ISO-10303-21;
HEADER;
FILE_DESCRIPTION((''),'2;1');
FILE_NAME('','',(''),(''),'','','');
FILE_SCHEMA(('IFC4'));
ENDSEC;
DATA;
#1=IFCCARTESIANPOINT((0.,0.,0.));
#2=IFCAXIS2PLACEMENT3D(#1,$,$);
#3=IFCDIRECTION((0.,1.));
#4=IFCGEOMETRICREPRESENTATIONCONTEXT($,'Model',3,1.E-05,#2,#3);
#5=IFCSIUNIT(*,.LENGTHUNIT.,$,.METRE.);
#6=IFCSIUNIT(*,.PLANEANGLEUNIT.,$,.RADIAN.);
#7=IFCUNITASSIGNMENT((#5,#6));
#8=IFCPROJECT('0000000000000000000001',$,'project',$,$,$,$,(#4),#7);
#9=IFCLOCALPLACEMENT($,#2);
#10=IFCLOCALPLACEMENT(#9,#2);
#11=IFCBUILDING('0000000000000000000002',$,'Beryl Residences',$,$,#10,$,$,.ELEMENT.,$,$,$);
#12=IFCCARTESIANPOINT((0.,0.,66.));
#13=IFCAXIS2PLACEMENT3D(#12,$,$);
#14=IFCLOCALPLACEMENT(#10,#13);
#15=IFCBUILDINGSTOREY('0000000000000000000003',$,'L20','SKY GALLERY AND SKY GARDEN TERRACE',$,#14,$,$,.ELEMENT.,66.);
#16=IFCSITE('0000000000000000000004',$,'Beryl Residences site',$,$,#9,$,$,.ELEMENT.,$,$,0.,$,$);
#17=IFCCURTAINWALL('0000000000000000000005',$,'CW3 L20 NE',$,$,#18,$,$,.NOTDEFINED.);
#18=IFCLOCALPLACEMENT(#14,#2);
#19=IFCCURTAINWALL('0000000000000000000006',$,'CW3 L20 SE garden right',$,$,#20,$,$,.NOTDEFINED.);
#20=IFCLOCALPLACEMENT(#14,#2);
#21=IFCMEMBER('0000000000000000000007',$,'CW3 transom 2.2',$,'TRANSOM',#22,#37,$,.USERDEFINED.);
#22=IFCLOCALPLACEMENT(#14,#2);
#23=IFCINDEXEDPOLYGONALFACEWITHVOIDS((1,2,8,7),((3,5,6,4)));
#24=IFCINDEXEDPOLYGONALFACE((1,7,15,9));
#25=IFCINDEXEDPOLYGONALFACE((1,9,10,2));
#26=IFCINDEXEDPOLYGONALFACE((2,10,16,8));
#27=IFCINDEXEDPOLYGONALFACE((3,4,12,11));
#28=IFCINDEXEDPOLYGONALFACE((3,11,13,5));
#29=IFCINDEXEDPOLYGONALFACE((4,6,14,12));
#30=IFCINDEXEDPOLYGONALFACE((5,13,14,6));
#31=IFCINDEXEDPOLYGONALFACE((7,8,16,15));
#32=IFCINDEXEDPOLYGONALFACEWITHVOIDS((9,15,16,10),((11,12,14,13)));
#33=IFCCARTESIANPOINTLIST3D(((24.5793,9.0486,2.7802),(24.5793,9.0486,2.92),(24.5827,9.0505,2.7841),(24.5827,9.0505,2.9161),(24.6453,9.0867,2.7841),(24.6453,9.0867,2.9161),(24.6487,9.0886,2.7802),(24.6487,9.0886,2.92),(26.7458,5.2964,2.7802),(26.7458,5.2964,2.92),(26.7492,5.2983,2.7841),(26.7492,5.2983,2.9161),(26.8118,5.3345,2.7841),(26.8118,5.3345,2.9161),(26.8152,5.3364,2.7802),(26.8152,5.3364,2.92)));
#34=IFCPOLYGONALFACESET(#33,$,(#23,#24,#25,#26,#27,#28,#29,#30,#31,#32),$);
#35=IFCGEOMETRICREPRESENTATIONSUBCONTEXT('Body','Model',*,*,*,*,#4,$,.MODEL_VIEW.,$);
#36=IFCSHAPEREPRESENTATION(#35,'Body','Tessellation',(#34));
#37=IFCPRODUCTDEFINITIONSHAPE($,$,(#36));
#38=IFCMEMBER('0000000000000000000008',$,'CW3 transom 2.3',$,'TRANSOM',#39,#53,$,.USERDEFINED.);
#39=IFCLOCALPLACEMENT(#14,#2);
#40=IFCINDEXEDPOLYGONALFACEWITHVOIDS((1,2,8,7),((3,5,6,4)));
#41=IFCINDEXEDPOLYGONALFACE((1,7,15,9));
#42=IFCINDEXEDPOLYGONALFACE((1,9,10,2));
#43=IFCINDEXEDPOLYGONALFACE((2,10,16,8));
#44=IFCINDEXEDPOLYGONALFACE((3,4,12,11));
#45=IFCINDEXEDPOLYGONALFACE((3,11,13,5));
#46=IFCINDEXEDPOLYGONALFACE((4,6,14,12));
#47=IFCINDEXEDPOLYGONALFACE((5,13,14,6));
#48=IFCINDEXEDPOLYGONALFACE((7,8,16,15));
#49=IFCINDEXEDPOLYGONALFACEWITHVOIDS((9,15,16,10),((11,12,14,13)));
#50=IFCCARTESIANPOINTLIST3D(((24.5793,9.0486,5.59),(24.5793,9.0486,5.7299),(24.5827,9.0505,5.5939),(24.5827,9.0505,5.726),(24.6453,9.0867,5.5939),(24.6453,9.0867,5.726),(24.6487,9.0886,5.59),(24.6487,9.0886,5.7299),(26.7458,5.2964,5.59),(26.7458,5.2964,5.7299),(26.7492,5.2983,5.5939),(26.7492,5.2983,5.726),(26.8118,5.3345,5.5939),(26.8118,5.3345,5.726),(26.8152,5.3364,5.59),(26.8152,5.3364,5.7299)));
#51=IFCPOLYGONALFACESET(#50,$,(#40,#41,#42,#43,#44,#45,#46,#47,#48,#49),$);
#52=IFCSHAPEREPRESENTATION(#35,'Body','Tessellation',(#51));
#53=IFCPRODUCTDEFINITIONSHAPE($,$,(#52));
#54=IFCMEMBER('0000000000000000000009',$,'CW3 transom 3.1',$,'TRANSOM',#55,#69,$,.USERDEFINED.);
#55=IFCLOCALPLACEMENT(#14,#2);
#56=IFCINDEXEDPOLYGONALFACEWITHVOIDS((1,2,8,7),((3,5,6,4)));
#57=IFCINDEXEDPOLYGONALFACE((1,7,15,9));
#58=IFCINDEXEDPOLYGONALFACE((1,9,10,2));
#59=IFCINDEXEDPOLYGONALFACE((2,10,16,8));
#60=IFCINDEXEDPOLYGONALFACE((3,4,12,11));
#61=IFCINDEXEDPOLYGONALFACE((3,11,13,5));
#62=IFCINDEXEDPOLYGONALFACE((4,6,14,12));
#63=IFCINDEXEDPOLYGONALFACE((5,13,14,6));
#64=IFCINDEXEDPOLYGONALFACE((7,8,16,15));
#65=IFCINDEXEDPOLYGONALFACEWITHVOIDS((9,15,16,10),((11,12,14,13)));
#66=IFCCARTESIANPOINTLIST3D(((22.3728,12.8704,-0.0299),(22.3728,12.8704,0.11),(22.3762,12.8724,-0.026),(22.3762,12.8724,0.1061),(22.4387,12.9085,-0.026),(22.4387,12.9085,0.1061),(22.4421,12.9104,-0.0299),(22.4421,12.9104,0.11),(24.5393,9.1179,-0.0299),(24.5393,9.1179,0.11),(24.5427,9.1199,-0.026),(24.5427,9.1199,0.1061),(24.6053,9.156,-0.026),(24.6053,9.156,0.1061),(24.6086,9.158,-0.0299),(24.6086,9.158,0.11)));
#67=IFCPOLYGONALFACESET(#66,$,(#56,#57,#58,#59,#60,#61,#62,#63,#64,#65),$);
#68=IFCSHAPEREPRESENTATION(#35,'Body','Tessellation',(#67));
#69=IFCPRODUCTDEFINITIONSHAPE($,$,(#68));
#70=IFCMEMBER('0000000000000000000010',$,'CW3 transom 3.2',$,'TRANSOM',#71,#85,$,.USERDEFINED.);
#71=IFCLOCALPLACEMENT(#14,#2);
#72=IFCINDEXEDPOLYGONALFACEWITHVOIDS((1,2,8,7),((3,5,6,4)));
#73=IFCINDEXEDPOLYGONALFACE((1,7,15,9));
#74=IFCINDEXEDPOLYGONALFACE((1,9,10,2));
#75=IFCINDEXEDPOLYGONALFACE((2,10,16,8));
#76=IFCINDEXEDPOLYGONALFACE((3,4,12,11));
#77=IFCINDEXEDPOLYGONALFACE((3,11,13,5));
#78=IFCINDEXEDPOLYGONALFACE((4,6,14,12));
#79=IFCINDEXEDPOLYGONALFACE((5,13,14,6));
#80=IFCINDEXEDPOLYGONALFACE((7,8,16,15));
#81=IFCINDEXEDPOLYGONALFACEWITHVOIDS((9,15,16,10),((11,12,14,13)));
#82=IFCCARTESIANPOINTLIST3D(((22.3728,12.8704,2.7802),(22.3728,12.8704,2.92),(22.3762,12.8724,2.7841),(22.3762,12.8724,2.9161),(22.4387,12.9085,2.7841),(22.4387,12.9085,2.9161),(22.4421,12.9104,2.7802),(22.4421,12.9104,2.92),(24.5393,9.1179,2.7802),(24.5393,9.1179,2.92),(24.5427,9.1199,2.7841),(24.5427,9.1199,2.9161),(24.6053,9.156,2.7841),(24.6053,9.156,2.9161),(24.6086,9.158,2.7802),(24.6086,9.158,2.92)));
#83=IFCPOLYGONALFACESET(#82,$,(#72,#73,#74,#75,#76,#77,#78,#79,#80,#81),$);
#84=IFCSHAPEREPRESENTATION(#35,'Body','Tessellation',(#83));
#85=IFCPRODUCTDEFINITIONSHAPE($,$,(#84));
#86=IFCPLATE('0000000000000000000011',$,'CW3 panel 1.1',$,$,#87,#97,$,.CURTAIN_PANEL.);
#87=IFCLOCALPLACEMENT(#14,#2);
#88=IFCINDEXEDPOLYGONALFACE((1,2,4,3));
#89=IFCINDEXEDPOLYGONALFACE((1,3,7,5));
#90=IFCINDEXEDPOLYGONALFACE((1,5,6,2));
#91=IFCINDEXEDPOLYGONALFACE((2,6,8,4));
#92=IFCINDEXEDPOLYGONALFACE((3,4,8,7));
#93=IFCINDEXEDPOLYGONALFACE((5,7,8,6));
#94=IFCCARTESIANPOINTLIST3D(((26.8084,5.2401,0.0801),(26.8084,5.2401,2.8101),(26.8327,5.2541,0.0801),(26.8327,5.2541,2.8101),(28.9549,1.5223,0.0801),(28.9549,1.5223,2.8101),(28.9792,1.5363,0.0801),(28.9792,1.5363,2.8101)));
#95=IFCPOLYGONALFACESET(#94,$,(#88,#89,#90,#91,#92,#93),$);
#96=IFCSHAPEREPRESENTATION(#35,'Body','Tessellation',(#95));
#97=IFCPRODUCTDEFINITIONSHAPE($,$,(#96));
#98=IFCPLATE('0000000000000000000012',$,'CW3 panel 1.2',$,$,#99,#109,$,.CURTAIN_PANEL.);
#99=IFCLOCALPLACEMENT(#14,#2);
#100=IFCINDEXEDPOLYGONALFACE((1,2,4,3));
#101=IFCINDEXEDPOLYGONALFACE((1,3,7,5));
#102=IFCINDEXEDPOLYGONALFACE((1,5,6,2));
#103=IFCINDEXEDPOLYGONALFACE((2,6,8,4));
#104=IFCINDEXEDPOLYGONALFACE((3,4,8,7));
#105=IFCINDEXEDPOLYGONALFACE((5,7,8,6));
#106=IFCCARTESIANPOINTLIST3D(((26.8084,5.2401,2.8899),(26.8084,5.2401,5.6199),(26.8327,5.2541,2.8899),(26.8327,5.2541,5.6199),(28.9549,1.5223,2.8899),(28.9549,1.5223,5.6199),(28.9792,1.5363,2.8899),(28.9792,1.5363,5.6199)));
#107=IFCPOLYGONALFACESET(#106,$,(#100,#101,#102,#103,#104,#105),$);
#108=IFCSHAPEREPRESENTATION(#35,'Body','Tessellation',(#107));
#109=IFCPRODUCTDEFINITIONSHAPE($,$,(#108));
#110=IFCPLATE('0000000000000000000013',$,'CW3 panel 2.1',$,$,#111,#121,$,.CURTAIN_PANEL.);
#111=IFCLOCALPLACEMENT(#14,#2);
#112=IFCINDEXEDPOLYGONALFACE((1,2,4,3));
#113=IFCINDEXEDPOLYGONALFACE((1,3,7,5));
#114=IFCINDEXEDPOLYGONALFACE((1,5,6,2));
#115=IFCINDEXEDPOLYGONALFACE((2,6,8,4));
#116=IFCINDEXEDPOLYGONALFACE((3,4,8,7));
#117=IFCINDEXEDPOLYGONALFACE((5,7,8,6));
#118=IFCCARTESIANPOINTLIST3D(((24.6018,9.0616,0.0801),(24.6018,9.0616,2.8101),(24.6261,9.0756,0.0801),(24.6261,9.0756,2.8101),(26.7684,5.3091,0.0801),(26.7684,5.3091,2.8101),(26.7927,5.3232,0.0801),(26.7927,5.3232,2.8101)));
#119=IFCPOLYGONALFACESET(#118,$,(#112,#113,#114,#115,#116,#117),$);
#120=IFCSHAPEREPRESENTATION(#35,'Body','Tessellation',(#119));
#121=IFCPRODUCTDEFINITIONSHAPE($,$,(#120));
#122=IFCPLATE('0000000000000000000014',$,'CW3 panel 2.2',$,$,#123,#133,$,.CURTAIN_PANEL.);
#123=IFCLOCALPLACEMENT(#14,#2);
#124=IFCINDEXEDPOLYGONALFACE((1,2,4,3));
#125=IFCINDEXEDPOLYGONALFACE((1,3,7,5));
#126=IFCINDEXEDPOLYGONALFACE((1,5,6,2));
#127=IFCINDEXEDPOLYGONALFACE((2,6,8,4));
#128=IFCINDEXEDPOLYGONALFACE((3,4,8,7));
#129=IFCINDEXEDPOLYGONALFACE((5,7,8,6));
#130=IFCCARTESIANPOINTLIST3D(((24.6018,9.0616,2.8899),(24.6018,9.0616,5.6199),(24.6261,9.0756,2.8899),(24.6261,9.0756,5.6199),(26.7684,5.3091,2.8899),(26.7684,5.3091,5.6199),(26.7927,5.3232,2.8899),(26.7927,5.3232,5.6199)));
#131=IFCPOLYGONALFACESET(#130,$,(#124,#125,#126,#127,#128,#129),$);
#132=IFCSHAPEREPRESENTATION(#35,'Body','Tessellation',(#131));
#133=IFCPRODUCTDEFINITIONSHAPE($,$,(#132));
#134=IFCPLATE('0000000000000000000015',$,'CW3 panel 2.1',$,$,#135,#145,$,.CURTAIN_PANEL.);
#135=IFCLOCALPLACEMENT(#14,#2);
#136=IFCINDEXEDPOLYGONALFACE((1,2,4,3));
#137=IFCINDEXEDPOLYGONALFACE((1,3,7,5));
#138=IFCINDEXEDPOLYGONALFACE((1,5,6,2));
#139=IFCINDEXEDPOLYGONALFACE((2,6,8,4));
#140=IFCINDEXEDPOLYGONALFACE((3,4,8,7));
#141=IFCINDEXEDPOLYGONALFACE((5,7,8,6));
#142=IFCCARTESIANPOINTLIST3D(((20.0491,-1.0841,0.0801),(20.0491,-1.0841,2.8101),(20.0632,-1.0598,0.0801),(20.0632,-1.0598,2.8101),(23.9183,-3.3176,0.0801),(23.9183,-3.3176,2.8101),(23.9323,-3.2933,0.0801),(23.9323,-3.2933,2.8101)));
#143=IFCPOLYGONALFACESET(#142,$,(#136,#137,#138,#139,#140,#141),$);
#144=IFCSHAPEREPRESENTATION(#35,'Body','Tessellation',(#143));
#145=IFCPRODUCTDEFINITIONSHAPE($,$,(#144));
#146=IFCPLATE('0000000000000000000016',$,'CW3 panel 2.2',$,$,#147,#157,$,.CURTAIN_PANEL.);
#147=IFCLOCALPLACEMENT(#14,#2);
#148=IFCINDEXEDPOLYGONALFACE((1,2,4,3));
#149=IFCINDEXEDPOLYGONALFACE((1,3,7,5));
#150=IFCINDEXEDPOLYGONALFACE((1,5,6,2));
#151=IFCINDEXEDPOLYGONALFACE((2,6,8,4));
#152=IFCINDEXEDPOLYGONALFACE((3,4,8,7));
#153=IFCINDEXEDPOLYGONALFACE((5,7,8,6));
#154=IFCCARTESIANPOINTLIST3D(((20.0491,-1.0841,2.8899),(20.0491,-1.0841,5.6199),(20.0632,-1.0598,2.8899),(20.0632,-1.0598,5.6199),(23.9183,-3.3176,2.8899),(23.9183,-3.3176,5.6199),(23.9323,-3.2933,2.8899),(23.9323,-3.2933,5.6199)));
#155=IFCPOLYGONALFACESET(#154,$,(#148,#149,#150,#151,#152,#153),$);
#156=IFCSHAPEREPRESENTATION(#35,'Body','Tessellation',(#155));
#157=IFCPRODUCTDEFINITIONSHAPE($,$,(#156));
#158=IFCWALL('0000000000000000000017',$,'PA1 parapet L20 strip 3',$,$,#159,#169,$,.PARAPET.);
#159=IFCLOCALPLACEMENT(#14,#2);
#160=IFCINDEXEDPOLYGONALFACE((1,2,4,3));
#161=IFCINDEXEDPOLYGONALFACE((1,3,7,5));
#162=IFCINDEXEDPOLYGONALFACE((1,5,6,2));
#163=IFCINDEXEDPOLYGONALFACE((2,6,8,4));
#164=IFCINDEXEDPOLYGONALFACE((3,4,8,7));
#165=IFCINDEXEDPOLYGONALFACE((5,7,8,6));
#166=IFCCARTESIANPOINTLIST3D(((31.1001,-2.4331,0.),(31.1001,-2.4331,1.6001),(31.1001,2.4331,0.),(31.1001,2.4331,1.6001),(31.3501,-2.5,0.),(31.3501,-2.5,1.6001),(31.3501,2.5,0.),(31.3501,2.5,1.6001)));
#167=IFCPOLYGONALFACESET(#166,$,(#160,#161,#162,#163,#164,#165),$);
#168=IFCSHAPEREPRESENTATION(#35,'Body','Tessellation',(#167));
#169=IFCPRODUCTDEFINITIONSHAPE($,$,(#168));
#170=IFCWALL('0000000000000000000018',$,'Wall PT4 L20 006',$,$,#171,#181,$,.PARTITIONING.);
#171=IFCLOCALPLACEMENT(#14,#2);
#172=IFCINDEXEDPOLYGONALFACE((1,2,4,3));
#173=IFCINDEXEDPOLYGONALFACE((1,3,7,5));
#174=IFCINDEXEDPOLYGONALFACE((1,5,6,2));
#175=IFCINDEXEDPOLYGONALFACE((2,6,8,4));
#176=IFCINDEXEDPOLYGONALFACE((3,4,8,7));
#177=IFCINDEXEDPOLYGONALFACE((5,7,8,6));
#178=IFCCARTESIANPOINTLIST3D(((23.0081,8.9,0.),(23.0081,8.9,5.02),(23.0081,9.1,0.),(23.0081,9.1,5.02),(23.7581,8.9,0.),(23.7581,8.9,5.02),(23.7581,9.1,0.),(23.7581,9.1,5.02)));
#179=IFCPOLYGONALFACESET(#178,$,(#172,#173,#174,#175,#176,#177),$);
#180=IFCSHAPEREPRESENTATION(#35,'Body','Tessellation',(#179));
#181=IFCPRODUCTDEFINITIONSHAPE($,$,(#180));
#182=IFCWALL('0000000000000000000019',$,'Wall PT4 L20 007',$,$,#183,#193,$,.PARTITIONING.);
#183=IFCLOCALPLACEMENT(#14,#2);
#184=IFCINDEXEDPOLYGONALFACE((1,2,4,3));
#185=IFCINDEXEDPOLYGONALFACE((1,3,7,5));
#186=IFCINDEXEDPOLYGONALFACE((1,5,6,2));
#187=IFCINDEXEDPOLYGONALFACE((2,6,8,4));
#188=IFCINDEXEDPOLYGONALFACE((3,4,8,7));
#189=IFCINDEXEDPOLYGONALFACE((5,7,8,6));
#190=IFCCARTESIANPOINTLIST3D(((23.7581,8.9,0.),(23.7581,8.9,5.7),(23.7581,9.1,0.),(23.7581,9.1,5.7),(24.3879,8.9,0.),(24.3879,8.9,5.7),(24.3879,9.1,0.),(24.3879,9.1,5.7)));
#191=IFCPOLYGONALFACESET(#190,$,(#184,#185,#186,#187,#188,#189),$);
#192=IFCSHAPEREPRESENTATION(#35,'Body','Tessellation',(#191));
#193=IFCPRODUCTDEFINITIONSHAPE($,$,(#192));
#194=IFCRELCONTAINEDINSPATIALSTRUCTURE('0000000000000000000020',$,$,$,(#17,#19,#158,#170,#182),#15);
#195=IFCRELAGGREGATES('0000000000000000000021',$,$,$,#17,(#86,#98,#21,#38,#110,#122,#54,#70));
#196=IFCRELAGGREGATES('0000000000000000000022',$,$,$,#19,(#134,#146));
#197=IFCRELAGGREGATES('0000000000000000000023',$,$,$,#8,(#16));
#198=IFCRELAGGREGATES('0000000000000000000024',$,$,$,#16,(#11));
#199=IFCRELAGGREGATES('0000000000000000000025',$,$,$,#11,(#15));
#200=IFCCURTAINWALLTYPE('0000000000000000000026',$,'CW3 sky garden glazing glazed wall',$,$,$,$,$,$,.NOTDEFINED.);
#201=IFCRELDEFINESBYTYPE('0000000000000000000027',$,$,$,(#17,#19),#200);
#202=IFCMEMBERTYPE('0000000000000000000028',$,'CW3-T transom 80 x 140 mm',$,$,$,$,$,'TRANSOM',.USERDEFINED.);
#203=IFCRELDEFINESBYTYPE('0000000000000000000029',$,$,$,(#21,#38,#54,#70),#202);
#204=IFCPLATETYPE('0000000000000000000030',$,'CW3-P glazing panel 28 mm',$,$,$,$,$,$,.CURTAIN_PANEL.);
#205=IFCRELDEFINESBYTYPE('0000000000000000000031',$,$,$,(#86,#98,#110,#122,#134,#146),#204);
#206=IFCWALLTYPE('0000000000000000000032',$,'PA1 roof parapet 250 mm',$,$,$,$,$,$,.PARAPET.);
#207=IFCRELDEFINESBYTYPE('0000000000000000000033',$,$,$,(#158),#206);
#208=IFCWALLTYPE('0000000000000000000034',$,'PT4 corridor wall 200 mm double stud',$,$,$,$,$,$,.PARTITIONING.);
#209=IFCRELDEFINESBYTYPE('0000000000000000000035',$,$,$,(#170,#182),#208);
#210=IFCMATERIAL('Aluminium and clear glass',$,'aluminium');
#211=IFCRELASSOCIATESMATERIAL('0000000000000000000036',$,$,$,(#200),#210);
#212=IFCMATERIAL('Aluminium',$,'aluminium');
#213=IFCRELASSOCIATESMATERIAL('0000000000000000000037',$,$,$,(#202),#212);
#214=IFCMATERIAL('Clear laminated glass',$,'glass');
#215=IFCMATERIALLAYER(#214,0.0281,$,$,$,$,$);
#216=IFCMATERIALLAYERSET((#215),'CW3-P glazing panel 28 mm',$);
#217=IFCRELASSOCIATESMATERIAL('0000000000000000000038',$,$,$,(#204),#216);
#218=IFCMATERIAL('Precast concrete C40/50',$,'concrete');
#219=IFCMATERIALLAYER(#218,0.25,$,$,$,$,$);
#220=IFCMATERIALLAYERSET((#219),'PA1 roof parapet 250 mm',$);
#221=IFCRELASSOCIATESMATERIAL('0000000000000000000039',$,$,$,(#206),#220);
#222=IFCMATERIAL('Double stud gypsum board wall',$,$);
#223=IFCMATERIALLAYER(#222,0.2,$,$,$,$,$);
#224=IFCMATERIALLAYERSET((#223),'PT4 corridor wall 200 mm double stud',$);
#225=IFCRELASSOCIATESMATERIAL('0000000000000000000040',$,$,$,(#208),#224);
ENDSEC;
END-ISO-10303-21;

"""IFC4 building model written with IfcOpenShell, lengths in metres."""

from ifc_helpers import new_model, si_unit, direction, frame, frame_2d, origin, origin_2d, place, context, subcontext, project, spatial, polyline, rectangle, hollow_rectangle, outline, extrude, material, layer, layer_set, material_profile, profile_set, type_object, element, aggregate, save


model = new_model("IFC4")

# Units and contexts
model_context = context("Model", 3, precision=1e-05, world=origin(), true_north=direction((0.0, 1.0)))
body_context = subcontext(model_context, "Body", "Model", "MODEL_VIEW")
ifc_project = project(units=[si_unit("LENGTHUNIT", "METRE"), si_unit("PLANEANGLEUNIT", "RADIAN")], contexts=[model_context])

# Site, building, storey
site_placement = place(None, origin())
site = spatial("IfcSite", under=ifc_project, at=site_placement, Name="Beryl Residences site", CompositionType="ELEMENT", RefElevation=0.0)
building_placement = place(site_placement, origin())
building = spatial("IfcBuilding", under=site, at=building_placement, Name="Beryl Residences", CompositionType="ELEMENT")
storey_placement = place(building_placement, frame((0.0, 0.0, 66.0)))
storey = spatial("IfcBuildingStorey", under=building, at=storey_placement, Name="L20", Description="SKY GALLERY AND SKY GARDEN TERRACE", CompositionType="ELEMENT", Elevation=66.0)

# Curtain wall
ifc_material_1 = material(Name="Aluminium and clear glass", Category="aluminium")
curtain_wall_type = type_object("IfcCurtainWallType", Name="CW3 sky garden glazing glazed wall", PredefinedType="NOTDEFINED", material=ifc_material_1)
curtain_wall_1_placement = place(storey_placement, origin())
curtain_wall_1 = element("IfcCurtainWall", 1, at=curtain_wall_1_placement, inside=storey, type_object=curtain_wall_type, Name="CW3 L20 NE", PredefinedType="NOTDEFINED")

# Curtain wall
curtain_wall_2_placement = place(storey_placement, origin())
curtain_wall_2 = element("IfcCurtainWall", 2, at=curtain_wall_2_placement, inside=storey, type_object=curtain_wall_type, Name="CW3 L20 SE garden right", PredefinedType="NOTDEFINED")

# Members
ifc_material_2 = material(Name="Aluminium", Category="aluminium")
ifc_material_profile_1 = material_profile(ifc_material_2, hollow_rectangle(XDim=0.0801, YDim=0.1399, WallThickness=0.0039, at=origin_2d()))
ifc_profile_set_1 = profile_set([ifc_material_profile_1], Name="Aluminium")
member_type_1 = type_object("IfcMemberType", Name="CW3-T transom 80 x 140 mm", ElementType="TRANSOM", PredefinedType="USERDEFINED", material=ifc_profile_set_1)
member_1_placement = place(storey_placement, frame((26.7805, 5.3164, 2.8501), z_axis=(-0.50003, 0.866008, 0.0), x_axis=(-0.866008, -0.50003, 0.0)))
member_1 = element("IfcMember", 3, at=member_1_placement, type_object=member_type_1, Name="CW3 transom 2.2", ObjectType="TRANSOM", PredefinedType="USERDEFINED", context=body_context, shape_type="SweptSolid", body=[
    extrude(hollow_rectangle(XDim=0.0801, YDim=0.1399, WallThickness=0.0039, at=origin_2d()), origin(), (0.0, 0.0, 1.0), 4.3328),
])
member_2_placement = place(storey_placement, frame((26.7805, 5.3164, 5.6599), z_axis=(-0.50003, 0.866008, 0.0), x_axis=(-0.866008, -0.50003, 0.0)))
member_2 = element("IfcMember", 4, at=member_2_placement, type_object=member_type_1, Name="CW3 transom 2.3", ObjectType="TRANSOM", PredefinedType="USERDEFINED", context=body_context, shape_type="SweptSolid", body=[
    extrude(hollow_rectangle(XDim=0.0801, YDim=0.1399, WallThickness=0.0039, at=origin_2d()), origin(), (0.0, 0.0, 1.0), 4.3328),
])
member_3_placement = place(storey_placement, frame((24.574, 9.1379, 0.04), z_axis=(-0.500005, 0.866022, 0.0), x_axis=(-0.866022, -0.500005, 0.0)))
member_3 = element("IfcMember", 5, at=member_3_placement, type_object=member_type_1, Name="CW3 transom 3.1", ObjectType="TRANSOM", PredefinedType="USERDEFINED", context=body_context, shape_type="SweptSolid", body=[
    extrude(hollow_rectangle(XDim=0.0801, YDim=0.1399, WallThickness=0.0039, at=origin_2d()), origin(), (0.0, 0.0, 1.0), 4.333),
])
member_4_placement = place(storey_placement, frame((24.574, 9.1379, 2.8501), z_axis=(-0.500005, 0.866022, 0.0), x_axis=(-0.866022, -0.500005, 0.0)))
member_4 = element("IfcMember", 6, at=member_4_placement, type_object=member_type_1, Name="CW3 transom 3.2", ObjectType="TRANSOM", PredefinedType="USERDEFINED", context=body_context, shape_type="SweptSolid", body=[
    extrude(hollow_rectangle(XDim=0.0801, YDim=0.1399, WallThickness=0.0039, at=origin_2d()), origin(), (0.0, 0.0, 1.0), 4.333),
])

# Plates
ifc_material_3 = material(Name="Clear laminated glass", Category="glass")
ifc_layer_1 = layer(ifc_material_3, 0.0281)
ifc_layer_set_1 = layer_set([ifc_layer_1], Name="CW3-P glazing panel 28 mm")
plate_type = type_object("IfcPlateType", Name="CW3-P glazing panel 28 mm", PredefinedType="CURTAIN_PANEL", material=ifc_layer_set_1)
plate_1_placement = place(storey_placement, frame((27.8938, 3.3882, 0.0801), z_axis=(0.0, 0.0, 1.0), x_axis=(-0.50001, 0.86602, 0.0)))
plate_1 = element("IfcPlate", 7, at=plate_1_placement, type_object=plate_type, Name="CW3 panel 1.1", PredefinedType="CURTAIN_PANEL", context=body_context, shape_type="SweptSolid", body=[
    extrude(rectangle(XDim=4.293, YDim=0.0281, at=origin_2d()), origin(), (0.0, 0.0, 1.0), 2.73),
])
plate_2_placement = place(storey_placement, frame((27.8938, 3.3882, 2.8899), z_axis=(0.0, 0.0, 1.0), x_axis=(-0.50001, 0.86602, 0.0)))
plate_2 = element("IfcPlate", 8, at=plate_2_placement, type_object=plate_type, Name="CW3 panel 1.2", PredefinedType="CURTAIN_PANEL", context=body_context, shape_type="SweptSolid", body=[
    extrude(rectangle(XDim=4.293, YDim=0.0281, at=origin_2d()), origin(), (0.0, 0.0, 1.0), 2.73),
])
plate_3_placement = place(storey_placement, frame((25.6973, 7.1924, 0.0801), z_axis=(0.0, 0.0, 1.0), x_axis=(-0.50001, 0.86602, 0.0)))
plate_3 = element("IfcPlate", 9, at=plate_3_placement, type_object=plate_type, Name="CW3 panel 2.1", PredefinedType="CURTAIN_PANEL", context=body_context, shape_type="SweptSolid", body=[
    extrude(rectangle(XDim=4.333, YDim=0.0281, at=origin_2d()), origin(), (0.0, 0.0, 1.0), 2.73),
])
plate_4_placement = place(storey_placement, frame((25.6973, 7.1924, 2.8899), z_axis=(0.0, 0.0, 1.0), x_axis=(-0.50001, 0.86602, 0.0)))
plate_4 = element("IfcPlate", 10, at=plate_4_placement, type_object=plate_type, Name="CW3 panel 2.2", PredefinedType="CURTAIN_PANEL", context=body_context, shape_type="SweptSolid", body=[
    extrude(rectangle(XDim=4.333, YDim=0.0281, at=origin_2d()), origin(), (0.0, 0.0, 1.0), 2.73),
])
aggregate(curtain_wall_1, [plate_1, plate_2, member_1, member_2, plate_3, plate_4, member_3, member_4])
plate_5_placement = place(storey_placement, frame((21.9907, -2.1887, 0.0801), z_axis=(0.0, 0.0, 1.0), x_axis=(-0.866055, 0.499949, 0.0)))
plate_5 = element("IfcPlate", 11, at=plate_5_placement, type_object=plate_type, Name="CW3 panel 2.1", PredefinedType="CURTAIN_PANEL", context=body_context, shape_type="SweptSolid", body=[
    extrude(rectangle(XDim=4.4675, YDim=0.0281, at=origin_2d()), origin(), (0.0, 0.0, 1.0), 2.73),
])
plate_6_placement = place(storey_placement, frame((21.9907, -2.1887, 2.8899), z_axis=(0.0, 0.0, 1.0), x_axis=(-0.866055, 0.499949, 0.0)))
plate_6 = element("IfcPlate", 12, at=plate_6_placement, type_object=plate_type, Name="CW3 panel 2.2", PredefinedType="CURTAIN_PANEL", context=body_context, shape_type="SweptSolid", body=[
    extrude(rectangle(XDim=4.4675, YDim=0.0281, at=origin_2d()), origin(), (0.0, 0.0, 1.0), 2.73),
])
aggregate(curtain_wall_2, [plate_5, plate_6])

# Walls
ifc_material_4 = material(Name="Precast concrete C40/50", Category="concrete")
ifc_layer_2 = layer(ifc_material_4, 0.25)
ifc_layer_set_2 = layer_set([ifc_layer_2], Name="PA1 roof parapet 250 mm")
wall_type_1 = type_object("IfcWallType", Name="PA1 roof parapet 250 mm", PredefinedType="PARAPET", material=ifc_layer_set_2)
wall_1_placement = place(storey_placement, frame((31.2251, 2.5, 0.0), z_axis=(0.0, 0.0, 1.0), x_axis=(0.0, -1.0, 0.0)))
element("IfcWall", 13, at=wall_1_placement, inside=storey, type_object=wall_type_1, Name="PA1 parapet L20 strip 3", PredefinedType="PARAPET", context=body_context, shape_type="SweptSolid", body=[
    extrude(outline(polyline([(0.0669, -0.125), (4.9331, -0.125), (5.0, 0.125), (0.0, 0.125), (0.0669, -0.125)])), origin(), (0.0, 0.0, 1.0), 1.6001),
])
ifc_material_5 = material(Name="Double stud gypsum board wall")
ifc_layer_3 = layer(ifc_material_5, 0.2)
ifc_layer_set_3 = layer_set([ifc_layer_3], Name="PT4 corridor wall 200 mm double stud")
wall_type_2 = type_object("IfcWallType", Name="PT4 corridor wall 200 mm double stud", PredefinedType="PARTITIONING", material=ifc_layer_set_3)
wall_2_placement = place(storey_placement, frame((23.0081, 9.0, 0.0), z_axis=(0.0, 0.0, 1.0), x_axis=(1.0, 0.0, 0.0)))
element("IfcWall", 14, at=wall_2_placement, inside=storey, type_object=wall_type_2, Name="Wall PT4 L20 006", PredefinedType="PARTITIONING", context=body_context, shape_type="SweptSolid", body=[
    extrude(rectangle(XDim=0.75, YDim=0.2, at=frame_2d((0.375, 0.0))), origin(), (0.0, 0.0, 1.0), 5.02),
])
wall_3_placement = place(storey_placement, frame((23.7581, 9.0, 0.0), z_axis=(0.0, 0.0, 1.0), x_axis=(1.0, 0.0, 0.0)))
element("IfcWall", 15, at=wall_3_placement, inside=storey, type_object=wall_type_2, Name="Wall PT4 L20 007", PredefinedType="PARTITIONING", context=body_context, shape_type="SweptSolid", body=[
    extrude(rectangle(XDim=0.6299, YDim=0.2, at=frame_2d((0.3149, 0.0))), origin(), (0.0, 0.0, 1.0), 5.7),
])

save(model, "model.ifc")
